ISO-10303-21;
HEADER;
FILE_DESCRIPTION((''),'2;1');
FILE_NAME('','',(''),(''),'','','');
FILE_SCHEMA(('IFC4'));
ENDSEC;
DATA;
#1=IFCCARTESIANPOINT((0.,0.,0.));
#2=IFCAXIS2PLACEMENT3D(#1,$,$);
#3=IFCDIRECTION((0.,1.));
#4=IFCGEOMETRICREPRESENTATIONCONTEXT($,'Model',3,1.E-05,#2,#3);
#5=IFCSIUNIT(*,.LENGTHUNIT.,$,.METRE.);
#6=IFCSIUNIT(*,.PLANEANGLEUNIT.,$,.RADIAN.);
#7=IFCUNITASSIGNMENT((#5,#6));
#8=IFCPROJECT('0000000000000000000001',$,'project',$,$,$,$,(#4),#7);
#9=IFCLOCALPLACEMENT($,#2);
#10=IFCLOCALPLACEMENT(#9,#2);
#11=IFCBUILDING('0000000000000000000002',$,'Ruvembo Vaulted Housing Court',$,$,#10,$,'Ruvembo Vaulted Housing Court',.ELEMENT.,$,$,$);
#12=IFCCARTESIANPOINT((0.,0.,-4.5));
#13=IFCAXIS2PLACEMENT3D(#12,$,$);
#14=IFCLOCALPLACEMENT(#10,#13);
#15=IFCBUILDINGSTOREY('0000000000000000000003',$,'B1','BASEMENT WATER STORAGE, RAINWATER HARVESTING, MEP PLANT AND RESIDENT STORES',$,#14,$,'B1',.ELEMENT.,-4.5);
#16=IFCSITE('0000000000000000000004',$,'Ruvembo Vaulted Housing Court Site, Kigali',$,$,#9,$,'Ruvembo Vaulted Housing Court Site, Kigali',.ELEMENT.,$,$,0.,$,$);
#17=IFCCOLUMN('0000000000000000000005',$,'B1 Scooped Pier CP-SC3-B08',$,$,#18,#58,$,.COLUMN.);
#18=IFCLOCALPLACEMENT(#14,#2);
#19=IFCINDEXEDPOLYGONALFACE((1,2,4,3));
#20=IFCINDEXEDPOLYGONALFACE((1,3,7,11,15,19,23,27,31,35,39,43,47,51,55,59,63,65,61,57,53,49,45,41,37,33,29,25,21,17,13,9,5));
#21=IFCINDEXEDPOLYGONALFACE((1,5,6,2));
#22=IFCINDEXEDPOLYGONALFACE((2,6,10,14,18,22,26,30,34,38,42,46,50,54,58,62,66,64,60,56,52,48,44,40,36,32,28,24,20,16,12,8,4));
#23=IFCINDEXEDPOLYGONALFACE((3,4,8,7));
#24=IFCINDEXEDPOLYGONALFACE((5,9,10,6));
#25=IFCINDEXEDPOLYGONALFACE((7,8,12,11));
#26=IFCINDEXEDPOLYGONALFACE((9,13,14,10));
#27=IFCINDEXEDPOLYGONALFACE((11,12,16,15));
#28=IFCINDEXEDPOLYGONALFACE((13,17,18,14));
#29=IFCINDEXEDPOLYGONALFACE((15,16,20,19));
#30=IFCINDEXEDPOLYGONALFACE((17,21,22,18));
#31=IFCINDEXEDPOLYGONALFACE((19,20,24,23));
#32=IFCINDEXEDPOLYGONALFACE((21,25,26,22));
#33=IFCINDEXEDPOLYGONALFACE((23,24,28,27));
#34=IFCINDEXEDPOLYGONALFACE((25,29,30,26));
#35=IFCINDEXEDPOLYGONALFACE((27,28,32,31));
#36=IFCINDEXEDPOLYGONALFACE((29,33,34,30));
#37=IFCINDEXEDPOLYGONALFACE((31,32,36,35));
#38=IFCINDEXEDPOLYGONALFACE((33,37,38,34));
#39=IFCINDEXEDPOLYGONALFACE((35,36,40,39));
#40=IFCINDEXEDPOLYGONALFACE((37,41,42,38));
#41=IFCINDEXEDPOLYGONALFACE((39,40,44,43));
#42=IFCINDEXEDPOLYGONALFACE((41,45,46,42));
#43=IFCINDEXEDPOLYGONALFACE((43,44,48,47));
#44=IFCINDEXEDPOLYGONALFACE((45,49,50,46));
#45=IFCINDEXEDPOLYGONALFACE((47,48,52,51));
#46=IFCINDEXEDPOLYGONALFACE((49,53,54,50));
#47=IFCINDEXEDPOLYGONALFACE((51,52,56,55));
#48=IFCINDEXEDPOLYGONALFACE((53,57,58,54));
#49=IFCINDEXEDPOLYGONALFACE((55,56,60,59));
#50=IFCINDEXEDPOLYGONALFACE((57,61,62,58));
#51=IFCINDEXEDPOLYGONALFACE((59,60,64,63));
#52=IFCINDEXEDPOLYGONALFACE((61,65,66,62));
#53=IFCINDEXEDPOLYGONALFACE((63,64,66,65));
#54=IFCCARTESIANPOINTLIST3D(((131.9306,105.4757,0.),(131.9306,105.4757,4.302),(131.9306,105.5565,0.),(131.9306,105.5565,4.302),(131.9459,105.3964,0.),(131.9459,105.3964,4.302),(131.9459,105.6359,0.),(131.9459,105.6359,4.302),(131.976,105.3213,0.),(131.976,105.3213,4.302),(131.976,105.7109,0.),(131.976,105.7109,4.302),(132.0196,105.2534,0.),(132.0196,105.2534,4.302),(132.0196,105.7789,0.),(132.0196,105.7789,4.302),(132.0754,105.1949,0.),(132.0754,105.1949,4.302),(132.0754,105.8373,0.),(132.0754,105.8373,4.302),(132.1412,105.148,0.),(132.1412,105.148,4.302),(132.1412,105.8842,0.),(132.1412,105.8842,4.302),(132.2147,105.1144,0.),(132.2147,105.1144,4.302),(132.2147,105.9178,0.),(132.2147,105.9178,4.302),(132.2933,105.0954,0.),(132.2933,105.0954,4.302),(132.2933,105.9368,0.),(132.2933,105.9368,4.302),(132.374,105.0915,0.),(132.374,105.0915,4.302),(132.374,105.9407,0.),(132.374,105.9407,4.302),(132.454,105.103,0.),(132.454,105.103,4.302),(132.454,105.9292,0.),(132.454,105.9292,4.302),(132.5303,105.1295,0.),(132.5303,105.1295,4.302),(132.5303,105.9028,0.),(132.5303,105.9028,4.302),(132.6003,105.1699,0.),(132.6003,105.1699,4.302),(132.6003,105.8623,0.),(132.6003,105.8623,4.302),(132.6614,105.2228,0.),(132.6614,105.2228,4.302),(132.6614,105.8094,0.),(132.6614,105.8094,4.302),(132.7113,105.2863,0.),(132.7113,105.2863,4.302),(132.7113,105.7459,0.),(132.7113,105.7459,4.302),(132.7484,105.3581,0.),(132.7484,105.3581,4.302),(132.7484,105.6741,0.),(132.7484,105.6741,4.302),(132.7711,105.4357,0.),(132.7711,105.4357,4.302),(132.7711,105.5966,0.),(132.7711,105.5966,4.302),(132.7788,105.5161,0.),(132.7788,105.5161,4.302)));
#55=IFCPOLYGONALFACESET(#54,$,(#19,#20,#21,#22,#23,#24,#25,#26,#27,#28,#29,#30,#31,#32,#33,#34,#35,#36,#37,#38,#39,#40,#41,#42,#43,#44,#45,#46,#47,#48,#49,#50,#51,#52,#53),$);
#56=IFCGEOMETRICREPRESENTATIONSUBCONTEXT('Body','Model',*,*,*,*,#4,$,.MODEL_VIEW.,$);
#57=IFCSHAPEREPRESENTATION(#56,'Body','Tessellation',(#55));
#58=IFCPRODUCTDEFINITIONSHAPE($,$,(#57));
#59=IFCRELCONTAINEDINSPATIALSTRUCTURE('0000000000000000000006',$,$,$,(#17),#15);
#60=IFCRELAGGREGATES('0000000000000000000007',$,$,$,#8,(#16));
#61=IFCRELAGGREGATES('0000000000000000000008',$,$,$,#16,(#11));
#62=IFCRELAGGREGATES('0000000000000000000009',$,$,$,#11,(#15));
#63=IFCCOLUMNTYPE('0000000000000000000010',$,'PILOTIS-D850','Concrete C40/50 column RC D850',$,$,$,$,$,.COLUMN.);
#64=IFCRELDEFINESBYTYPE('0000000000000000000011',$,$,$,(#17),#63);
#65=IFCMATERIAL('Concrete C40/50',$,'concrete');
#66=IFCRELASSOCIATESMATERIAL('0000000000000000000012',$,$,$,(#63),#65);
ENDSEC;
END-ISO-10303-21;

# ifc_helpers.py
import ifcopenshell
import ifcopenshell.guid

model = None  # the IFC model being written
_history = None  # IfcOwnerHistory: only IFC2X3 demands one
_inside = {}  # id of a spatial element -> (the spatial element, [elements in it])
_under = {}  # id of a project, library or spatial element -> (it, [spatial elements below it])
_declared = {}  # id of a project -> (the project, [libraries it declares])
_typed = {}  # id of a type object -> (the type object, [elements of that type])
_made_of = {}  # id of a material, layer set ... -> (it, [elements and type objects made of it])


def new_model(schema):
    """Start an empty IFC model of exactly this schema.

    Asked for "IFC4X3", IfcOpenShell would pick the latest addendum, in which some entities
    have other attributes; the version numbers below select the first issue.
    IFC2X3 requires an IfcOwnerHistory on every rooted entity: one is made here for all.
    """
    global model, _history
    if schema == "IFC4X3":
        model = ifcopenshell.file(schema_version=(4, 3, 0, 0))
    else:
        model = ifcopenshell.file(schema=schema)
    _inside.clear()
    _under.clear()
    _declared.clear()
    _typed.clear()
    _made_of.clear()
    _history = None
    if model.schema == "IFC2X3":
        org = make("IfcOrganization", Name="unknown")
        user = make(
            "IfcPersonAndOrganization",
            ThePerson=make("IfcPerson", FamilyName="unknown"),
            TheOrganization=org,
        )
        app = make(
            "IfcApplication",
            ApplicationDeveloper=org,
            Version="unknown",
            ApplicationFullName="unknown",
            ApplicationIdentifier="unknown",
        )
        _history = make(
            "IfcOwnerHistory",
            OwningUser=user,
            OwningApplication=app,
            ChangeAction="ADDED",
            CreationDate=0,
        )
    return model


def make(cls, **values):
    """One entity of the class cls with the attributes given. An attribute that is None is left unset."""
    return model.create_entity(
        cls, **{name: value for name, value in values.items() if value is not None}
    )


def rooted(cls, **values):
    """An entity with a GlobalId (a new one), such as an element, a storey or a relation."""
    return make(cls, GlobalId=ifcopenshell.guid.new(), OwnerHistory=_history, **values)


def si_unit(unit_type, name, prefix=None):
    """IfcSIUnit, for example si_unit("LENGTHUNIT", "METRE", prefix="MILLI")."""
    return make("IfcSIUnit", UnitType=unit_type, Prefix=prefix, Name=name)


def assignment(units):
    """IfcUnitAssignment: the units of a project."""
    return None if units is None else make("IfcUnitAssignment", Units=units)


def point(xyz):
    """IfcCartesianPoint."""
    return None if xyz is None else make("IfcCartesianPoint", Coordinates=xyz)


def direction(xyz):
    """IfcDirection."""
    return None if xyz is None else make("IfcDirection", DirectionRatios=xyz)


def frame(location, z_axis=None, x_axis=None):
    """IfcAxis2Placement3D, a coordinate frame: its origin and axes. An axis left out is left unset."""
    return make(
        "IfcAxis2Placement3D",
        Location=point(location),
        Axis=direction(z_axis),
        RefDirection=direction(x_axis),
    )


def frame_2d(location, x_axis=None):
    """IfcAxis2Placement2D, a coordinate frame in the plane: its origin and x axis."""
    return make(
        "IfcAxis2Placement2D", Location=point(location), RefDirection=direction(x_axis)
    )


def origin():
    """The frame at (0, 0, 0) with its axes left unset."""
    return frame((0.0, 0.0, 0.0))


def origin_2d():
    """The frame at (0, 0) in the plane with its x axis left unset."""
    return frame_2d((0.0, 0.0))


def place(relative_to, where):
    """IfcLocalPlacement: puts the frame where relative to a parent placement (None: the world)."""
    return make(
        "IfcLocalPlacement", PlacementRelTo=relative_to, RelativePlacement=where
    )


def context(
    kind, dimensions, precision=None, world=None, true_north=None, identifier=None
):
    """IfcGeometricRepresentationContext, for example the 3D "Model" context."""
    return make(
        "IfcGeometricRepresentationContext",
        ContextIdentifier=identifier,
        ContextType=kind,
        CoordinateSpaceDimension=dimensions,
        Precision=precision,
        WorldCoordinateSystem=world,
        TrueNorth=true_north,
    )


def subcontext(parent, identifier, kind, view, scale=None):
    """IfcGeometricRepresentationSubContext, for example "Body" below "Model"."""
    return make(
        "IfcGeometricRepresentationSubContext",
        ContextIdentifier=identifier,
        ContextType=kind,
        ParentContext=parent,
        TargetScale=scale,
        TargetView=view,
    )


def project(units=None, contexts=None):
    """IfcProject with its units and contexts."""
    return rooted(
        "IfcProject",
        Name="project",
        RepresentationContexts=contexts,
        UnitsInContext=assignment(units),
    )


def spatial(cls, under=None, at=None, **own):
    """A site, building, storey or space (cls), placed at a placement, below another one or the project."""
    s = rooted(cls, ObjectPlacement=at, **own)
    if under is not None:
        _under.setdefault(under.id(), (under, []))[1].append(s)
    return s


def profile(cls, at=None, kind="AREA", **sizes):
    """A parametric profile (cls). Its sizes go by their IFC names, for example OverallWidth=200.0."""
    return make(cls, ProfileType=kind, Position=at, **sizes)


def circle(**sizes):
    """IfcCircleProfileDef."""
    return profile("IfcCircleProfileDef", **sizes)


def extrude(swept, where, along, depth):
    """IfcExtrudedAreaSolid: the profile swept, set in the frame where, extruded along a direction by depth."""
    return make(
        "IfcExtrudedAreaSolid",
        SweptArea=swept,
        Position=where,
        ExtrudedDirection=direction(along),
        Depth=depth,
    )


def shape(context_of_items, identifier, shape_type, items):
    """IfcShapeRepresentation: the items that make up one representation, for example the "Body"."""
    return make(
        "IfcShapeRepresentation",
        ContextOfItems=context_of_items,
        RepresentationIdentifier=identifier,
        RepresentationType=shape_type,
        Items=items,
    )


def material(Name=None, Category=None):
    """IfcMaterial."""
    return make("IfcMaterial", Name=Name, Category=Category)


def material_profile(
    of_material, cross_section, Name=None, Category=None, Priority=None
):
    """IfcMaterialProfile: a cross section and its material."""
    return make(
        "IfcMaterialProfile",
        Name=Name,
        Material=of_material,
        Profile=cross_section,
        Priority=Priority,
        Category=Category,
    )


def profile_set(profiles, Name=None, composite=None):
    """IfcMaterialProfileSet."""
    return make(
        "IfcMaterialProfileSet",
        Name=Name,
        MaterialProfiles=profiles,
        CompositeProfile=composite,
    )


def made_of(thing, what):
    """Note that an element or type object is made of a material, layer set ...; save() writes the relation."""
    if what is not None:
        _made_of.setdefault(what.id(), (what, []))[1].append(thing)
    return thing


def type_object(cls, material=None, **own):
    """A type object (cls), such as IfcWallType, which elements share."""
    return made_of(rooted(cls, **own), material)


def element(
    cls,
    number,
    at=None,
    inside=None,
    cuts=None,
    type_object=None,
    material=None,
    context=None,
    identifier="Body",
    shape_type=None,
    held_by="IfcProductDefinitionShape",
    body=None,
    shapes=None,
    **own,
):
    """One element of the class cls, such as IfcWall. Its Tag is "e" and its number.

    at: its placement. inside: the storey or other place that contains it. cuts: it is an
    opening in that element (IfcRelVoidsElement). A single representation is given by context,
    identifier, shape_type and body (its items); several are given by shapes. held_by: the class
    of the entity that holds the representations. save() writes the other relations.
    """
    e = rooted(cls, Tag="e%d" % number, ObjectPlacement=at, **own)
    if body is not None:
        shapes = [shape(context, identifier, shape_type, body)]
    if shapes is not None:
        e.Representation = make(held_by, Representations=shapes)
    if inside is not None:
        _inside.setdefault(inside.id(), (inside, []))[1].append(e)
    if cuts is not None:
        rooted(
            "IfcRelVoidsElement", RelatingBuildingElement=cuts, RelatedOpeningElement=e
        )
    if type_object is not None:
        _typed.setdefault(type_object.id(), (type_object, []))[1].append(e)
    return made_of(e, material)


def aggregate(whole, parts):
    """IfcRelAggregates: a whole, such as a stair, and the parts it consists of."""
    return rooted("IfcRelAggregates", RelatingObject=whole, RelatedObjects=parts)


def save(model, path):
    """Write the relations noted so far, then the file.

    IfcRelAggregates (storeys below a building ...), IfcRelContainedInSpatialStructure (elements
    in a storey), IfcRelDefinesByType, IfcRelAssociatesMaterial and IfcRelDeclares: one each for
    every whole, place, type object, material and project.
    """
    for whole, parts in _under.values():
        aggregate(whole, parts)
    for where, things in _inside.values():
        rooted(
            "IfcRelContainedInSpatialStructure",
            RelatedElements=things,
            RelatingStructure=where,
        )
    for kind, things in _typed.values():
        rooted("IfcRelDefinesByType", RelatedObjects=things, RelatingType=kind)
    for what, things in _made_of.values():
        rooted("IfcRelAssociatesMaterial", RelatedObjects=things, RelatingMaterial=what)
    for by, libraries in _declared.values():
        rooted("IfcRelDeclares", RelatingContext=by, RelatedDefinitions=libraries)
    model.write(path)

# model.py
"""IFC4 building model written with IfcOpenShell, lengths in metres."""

from ifc_helpers import new_model, si_unit, direction, frame, origin, origin_2d, place, context, subcontext, project, spatial, circle, extrude, material, material_profile, profile_set, type_object, element, save


model = new_model("IFC4")

# Units and contexts
model_context = context("Model", 3, precision=1e-05, world=origin(), true_north=direction((0.0, 1.0)))
body_context = subcontext(model_context, "Body", "Model", "MODEL_VIEW")
ifc_project = project(units=[si_unit("LENGTHUNIT", "METRE"), si_unit("PLANEANGLEUNIT", "RADIAN")], contexts=[model_context])

# Site, building, storey
site_placement = place(None, origin())
site = spatial("IfcSite", under=ifc_project, at=site_placement, Name="Ruvembo Vaulted Housing Court Site, Kigali", LongName="Ruvembo Vaulted Housing Court Site, Kigali", CompositionType="ELEMENT", RefElevation=0.0)
building_placement = place(site_placement, origin())
building = spatial("IfcBuilding", under=site, at=building_placement, Name="Ruvembo Vaulted Housing Court", LongName="Ruvembo Vaulted Housing Court", CompositionType="ELEMENT")
storey_placement = place(building_placement, frame((0.0, 0.0, -4.5)))
storey = spatial("IfcBuildingStorey", under=building, at=storey_placement, Name="B1", Description="BASEMENT WATER STORAGE, RAINWATER HARVESTING, MEP PLANT AND RESIDENT STORES", LongName="B1", CompositionType="ELEMENT", Elevation=-4.5)

# Column
ifc_material_1 = material(Name="Concrete C40/50", Category="concrete")
ifc_material_profile_1 = material_profile(ifc_material_1, circle(Radius=0.425, at=origin_2d()), Name="RC D850")
ifc_profile_set_1 = profile_set([ifc_material_profile_1], Name="Concrete C40/50")
column_type = type_object("IfcColumnType", Name="PILOTIS-D850", Description="Concrete C40/50 column RC D850", PredefinedType="COLUMN", material=ifc_profile_set_1)
for number, where, z_axis, x_axis, name in (
    (1, (132.3538, 105.5161, 0.0), (0.0, 0.0, 1.0), (1.0, 0.0, 0.0), "B1 Scooped Pier CP-SC3-B08"),
):
    element("IfcColumn", number, at=place(storey_placement, frame(where, z_axis=z_axis, x_axis=x_axis)), inside=storey, type_object=column_type, Name=name, PredefinedType="COLUMN", context=body_context, shape_type="SweptSolid", body=[
        extrude(circle(Radius=0.425, at=origin_2d()), origin(), (0.0, 0.0, 1.0), 4.302),
    ])

save(model, "model.ifc")
